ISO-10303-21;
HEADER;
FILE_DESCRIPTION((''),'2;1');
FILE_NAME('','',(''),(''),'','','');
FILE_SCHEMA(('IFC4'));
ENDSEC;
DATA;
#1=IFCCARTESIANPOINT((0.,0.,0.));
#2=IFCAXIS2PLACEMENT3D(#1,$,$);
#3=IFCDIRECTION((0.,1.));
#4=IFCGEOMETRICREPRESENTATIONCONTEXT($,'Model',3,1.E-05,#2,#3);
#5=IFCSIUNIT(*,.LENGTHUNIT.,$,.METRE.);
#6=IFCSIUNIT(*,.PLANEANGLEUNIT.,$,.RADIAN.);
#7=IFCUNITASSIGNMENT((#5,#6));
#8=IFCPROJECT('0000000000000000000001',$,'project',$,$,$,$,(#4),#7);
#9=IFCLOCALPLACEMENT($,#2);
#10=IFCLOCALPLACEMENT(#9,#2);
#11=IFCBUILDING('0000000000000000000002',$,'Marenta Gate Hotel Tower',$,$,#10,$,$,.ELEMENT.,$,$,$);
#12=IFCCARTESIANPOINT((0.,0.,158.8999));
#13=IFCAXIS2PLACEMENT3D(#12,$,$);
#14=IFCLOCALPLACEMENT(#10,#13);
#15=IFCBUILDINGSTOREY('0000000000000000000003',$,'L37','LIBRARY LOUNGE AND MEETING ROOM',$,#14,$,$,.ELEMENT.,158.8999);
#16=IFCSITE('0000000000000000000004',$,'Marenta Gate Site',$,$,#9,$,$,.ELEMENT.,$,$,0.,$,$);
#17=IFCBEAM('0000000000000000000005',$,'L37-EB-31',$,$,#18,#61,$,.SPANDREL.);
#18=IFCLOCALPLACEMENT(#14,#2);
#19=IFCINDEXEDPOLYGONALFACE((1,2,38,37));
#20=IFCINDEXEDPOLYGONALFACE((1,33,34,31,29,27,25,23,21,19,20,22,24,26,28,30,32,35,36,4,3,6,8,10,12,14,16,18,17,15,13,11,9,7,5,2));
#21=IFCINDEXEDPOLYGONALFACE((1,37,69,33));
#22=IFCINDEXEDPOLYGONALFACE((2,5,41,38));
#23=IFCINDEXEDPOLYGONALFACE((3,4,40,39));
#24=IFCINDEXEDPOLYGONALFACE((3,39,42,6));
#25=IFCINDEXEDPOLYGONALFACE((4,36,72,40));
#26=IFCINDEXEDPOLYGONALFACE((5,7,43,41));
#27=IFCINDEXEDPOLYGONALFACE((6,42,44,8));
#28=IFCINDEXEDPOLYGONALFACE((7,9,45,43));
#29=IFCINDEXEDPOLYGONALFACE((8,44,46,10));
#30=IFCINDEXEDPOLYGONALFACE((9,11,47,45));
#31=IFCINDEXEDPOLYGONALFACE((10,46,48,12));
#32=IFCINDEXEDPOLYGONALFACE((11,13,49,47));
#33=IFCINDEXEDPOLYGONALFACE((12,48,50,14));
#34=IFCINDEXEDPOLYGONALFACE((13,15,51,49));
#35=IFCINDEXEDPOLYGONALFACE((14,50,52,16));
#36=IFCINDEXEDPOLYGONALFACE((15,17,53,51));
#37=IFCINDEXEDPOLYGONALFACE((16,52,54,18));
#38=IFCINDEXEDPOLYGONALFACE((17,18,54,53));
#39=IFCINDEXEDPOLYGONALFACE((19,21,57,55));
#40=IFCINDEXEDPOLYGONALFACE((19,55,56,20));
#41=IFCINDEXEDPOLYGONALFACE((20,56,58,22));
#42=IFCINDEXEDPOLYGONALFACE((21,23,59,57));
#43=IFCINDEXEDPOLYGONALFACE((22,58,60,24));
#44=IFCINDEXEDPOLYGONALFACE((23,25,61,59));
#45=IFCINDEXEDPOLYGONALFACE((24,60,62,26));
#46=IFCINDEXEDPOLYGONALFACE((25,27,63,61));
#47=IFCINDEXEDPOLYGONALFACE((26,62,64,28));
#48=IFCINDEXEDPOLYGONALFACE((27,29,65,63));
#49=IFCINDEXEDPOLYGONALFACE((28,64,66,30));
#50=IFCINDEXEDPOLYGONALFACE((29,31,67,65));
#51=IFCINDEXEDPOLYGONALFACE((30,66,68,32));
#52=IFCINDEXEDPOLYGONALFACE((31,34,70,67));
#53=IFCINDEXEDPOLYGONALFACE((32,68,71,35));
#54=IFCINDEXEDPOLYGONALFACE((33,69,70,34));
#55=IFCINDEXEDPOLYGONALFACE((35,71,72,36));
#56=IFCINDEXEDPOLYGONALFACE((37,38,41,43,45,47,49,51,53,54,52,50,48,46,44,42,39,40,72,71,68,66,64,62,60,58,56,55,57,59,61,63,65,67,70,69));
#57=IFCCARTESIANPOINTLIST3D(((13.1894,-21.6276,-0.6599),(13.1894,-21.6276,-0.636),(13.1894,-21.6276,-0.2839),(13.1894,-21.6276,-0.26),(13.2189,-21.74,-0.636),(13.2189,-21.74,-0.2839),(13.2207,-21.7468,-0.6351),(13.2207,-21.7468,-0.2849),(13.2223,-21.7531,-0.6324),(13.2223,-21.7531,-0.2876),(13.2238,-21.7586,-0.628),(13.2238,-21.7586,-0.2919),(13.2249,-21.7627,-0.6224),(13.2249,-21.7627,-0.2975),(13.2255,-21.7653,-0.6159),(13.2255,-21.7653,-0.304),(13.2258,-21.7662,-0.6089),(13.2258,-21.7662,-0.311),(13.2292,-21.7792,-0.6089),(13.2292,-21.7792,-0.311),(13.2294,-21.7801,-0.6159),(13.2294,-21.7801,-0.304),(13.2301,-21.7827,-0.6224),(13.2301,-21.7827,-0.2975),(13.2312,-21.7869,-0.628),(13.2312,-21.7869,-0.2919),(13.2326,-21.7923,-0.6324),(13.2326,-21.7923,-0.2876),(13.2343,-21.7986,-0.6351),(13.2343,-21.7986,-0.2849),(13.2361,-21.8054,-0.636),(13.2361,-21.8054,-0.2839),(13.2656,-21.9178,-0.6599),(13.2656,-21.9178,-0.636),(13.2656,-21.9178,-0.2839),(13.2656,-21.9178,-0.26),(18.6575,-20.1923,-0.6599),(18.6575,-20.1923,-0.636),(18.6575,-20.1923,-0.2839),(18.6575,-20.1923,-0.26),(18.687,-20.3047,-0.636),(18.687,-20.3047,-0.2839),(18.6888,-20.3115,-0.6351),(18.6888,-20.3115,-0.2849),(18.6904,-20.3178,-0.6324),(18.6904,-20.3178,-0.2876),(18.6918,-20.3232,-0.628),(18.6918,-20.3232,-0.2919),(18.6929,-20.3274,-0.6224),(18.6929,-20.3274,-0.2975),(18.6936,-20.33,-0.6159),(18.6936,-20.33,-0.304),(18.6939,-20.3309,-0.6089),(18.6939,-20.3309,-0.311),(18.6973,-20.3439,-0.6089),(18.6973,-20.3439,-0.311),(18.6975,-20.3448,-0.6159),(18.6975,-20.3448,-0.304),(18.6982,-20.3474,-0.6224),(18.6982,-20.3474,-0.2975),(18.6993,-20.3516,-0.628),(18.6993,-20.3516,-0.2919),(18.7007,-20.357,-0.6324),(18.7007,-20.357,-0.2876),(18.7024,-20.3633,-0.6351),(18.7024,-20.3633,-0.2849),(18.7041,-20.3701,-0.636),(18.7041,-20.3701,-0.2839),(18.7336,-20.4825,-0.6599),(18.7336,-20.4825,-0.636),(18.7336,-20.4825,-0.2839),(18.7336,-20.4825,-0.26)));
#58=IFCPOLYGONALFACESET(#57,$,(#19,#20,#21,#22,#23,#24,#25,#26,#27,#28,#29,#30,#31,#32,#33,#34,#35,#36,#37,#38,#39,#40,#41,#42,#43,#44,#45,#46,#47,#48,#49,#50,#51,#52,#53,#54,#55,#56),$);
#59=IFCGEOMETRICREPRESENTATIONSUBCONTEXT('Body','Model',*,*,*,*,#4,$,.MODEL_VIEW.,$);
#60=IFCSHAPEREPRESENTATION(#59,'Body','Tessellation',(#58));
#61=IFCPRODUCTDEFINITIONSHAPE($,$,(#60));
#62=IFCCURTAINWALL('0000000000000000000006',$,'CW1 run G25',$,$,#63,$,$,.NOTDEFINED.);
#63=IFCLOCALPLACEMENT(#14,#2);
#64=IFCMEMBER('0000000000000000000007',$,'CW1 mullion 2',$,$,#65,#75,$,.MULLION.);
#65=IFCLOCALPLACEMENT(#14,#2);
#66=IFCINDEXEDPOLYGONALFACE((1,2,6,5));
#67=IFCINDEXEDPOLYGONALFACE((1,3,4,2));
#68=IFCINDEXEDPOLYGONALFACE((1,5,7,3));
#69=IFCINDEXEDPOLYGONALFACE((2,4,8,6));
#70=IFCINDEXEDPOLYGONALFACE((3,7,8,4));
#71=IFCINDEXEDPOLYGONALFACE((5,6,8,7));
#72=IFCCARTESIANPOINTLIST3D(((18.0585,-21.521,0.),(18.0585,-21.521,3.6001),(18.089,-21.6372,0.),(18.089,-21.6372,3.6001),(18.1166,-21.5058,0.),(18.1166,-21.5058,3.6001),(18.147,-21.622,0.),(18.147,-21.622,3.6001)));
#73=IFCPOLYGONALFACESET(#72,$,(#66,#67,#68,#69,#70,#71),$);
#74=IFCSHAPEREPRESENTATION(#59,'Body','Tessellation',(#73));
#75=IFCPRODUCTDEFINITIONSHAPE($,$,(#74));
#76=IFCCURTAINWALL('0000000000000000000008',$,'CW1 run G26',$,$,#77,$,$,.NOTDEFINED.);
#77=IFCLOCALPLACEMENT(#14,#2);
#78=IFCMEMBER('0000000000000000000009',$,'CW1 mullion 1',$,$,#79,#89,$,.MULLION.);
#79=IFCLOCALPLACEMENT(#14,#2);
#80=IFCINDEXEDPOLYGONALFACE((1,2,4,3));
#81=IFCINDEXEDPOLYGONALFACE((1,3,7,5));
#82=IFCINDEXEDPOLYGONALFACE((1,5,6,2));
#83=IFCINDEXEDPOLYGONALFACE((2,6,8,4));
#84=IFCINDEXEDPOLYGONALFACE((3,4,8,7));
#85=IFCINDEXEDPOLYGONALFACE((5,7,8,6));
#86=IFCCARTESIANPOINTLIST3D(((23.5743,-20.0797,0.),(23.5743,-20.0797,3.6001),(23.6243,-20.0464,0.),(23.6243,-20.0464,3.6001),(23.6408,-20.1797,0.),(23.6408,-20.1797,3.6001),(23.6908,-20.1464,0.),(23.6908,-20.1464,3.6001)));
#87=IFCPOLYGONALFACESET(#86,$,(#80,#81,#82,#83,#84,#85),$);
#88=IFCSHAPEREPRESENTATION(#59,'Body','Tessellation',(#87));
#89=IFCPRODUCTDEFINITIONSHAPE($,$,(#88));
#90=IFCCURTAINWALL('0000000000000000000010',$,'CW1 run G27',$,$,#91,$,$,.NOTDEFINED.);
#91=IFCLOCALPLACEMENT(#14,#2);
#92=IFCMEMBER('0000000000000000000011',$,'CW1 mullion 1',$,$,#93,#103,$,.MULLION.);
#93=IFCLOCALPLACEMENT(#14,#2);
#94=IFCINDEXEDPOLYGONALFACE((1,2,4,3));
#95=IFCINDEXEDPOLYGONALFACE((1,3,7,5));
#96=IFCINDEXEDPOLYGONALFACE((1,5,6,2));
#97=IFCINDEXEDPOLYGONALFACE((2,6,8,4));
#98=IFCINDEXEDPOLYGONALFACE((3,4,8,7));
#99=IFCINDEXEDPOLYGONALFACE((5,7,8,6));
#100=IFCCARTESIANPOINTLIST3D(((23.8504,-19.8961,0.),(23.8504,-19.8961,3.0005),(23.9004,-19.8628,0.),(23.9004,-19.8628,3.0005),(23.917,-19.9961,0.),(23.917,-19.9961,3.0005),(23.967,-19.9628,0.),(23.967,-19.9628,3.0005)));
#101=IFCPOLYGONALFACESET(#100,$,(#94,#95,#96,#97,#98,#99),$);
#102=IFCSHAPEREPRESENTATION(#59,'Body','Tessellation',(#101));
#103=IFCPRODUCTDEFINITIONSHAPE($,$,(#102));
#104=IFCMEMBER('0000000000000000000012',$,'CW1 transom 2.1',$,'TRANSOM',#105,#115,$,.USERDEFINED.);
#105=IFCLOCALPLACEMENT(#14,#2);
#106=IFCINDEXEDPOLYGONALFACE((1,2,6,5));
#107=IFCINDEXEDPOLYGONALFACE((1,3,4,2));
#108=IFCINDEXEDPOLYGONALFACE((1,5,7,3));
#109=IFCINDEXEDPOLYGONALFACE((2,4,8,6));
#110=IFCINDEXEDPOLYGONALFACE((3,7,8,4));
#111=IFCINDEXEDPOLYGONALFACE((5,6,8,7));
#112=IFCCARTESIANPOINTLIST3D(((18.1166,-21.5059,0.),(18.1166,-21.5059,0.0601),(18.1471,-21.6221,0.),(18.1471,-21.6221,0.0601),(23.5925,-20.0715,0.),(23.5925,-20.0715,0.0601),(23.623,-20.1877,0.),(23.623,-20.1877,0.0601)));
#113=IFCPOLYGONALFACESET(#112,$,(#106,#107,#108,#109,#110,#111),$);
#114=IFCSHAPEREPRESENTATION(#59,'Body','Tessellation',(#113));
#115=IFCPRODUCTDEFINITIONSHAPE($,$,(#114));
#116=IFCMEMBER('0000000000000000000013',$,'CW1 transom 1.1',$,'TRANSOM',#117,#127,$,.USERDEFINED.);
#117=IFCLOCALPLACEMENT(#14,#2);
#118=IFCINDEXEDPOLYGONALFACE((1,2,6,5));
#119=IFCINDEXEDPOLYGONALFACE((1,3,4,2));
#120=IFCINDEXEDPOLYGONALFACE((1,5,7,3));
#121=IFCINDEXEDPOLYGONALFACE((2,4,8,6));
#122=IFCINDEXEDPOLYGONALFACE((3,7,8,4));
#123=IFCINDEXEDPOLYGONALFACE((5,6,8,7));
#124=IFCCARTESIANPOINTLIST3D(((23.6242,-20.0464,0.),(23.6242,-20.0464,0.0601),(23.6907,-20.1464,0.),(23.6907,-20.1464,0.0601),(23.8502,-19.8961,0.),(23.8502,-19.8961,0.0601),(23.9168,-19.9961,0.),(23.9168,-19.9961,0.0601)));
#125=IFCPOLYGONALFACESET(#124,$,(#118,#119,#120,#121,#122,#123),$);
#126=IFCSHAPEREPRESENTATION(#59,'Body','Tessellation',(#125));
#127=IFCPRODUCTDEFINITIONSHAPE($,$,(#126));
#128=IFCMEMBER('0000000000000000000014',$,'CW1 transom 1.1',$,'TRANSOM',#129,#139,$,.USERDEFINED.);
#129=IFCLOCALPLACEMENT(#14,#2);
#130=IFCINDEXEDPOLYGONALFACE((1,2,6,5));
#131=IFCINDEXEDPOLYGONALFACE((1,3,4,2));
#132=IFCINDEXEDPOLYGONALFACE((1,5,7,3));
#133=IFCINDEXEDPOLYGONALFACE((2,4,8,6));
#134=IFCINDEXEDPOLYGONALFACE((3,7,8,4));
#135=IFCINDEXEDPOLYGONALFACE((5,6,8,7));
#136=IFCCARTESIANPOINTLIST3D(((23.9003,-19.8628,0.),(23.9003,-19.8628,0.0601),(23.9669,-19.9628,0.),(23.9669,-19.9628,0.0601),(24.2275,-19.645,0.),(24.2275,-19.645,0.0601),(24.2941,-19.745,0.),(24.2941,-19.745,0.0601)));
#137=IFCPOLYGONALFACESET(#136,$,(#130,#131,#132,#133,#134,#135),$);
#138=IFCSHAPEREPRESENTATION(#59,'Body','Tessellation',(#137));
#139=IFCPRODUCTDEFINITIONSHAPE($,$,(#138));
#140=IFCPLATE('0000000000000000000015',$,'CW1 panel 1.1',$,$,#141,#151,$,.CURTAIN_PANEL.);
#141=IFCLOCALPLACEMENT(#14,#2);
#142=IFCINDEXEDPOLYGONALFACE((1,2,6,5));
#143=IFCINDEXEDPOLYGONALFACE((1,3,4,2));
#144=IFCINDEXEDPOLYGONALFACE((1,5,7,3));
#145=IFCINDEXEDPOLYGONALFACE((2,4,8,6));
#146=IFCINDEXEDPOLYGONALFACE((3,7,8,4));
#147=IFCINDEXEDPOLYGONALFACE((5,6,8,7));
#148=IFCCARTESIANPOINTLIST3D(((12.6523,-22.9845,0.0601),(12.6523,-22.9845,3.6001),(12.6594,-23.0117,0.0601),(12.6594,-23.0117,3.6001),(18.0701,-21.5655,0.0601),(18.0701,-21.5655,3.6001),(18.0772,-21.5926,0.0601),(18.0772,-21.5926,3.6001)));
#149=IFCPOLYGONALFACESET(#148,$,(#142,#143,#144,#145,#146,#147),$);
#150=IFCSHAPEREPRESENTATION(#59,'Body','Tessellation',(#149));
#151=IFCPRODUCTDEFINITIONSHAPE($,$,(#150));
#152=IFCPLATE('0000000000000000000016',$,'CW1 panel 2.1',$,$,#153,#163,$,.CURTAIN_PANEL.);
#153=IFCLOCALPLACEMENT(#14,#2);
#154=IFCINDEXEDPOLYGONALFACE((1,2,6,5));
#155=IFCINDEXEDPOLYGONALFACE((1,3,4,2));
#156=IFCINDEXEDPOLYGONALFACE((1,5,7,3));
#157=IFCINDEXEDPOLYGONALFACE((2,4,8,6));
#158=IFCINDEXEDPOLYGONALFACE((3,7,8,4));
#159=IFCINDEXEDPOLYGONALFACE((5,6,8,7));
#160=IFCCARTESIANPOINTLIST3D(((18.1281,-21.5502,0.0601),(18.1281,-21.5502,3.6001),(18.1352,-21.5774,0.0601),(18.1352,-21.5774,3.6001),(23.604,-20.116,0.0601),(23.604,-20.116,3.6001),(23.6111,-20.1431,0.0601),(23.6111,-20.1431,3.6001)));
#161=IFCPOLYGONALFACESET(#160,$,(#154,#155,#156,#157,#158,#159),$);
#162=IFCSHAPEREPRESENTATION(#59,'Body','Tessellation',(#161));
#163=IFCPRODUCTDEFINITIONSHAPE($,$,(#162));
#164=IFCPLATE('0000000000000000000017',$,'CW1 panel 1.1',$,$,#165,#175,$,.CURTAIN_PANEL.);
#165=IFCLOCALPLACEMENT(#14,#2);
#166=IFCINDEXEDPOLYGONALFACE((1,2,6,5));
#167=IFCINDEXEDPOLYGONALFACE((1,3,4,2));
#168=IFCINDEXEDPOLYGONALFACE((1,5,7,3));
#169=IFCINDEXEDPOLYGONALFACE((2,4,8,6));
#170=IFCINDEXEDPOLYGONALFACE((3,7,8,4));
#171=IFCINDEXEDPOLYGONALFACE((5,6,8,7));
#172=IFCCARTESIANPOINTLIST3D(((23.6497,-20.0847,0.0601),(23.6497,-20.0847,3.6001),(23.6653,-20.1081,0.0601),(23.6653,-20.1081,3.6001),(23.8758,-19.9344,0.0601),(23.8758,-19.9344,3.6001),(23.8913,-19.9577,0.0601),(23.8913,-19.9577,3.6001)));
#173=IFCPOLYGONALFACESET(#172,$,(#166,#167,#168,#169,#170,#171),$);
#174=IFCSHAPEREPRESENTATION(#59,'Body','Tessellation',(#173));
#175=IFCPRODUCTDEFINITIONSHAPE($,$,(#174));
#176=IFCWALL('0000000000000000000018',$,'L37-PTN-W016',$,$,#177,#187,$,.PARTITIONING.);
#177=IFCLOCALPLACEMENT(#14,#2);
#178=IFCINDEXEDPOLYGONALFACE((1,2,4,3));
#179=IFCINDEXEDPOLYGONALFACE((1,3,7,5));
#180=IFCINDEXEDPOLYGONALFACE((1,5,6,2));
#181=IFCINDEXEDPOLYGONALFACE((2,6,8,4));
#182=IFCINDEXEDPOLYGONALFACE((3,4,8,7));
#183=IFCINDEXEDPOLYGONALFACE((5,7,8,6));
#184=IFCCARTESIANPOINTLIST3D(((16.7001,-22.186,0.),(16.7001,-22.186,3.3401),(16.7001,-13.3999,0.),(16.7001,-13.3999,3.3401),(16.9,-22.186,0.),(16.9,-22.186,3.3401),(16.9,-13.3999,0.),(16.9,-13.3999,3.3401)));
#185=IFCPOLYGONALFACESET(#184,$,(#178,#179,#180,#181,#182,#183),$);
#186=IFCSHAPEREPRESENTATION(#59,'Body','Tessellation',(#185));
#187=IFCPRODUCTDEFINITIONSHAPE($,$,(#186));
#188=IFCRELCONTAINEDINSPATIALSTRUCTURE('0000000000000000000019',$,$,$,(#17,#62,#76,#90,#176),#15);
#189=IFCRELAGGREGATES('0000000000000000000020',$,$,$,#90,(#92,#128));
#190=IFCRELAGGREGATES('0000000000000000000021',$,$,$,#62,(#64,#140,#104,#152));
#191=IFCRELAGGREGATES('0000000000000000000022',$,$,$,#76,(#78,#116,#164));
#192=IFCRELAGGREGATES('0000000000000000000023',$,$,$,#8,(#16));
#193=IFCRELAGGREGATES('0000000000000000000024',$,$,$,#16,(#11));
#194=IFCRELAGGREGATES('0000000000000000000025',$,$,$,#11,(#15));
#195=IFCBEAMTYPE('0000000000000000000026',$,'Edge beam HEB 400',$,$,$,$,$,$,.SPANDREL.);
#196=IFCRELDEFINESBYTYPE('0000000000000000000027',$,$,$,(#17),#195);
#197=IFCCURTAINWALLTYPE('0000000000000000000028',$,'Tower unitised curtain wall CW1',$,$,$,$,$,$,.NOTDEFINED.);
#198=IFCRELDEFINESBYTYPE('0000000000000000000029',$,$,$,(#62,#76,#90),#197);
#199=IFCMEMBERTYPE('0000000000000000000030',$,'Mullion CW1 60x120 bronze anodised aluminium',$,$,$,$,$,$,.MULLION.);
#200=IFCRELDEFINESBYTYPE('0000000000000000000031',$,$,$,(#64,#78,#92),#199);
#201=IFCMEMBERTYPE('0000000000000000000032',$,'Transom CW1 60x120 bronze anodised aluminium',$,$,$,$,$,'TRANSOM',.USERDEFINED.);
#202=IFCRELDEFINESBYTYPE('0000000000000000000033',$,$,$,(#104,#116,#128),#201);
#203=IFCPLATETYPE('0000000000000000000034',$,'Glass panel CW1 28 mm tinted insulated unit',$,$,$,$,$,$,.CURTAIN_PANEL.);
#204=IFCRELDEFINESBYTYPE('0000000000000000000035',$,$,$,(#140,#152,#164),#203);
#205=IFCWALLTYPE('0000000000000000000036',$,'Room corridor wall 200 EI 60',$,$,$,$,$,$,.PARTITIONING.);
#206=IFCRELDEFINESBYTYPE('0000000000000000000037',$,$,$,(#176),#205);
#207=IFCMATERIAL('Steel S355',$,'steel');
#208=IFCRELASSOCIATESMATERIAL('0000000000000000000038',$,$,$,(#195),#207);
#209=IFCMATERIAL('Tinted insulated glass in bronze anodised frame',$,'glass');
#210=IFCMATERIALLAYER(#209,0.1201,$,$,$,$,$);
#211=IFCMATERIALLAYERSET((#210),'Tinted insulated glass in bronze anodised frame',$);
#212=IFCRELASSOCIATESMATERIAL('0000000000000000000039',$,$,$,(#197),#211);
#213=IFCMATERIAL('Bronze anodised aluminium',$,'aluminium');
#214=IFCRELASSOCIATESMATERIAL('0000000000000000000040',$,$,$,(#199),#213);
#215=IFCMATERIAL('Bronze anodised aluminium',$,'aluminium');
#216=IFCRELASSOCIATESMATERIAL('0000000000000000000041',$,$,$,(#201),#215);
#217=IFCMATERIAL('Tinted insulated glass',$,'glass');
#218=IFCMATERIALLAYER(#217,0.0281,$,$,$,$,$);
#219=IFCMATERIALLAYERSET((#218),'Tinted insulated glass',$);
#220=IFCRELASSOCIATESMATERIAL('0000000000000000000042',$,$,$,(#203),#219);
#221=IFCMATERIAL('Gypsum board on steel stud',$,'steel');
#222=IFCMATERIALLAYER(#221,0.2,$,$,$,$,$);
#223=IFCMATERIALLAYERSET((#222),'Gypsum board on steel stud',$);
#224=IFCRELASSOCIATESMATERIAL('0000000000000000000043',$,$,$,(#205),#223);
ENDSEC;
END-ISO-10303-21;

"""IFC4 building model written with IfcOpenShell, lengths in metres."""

from ifc_helpers import new_model, si_unit, direction, frame, frame_2d, origin, origin_2d, place, context, subcontext, project, spatial, rectangle, i_section, extrude, material, layer, layer_set, material_profile, profile_set, type_object, element, aggregate, save


model = new_model("IFC4")

# Units and contexts
model_context = context("Model", 3, precision=1e-05, world=origin(), true_north=direction((0.0, 1.0)))
body_context = subcontext(model_context, "Body", "Model", "MODEL_VIEW")
ifc_project = project(units=[si_unit("LENGTHUNIT", "METRE"), si_unit("PLANEANGLEUNIT", "RADIAN")], contexts=[model_context])

# Site, building, storey
site_placement = place(None, origin())
site = spatial("IfcSite", under=ifc_project, at=site_placement, Name="Marenta Gate Site", CompositionType="ELEMENT", RefElevation=0.0)
building_placement = place(site_placement, origin())
building = spatial("IfcBuilding", under=site, at=building_placement, Name="Marenta Gate Hotel Tower", CompositionType="ELEMENT")
storey_placement = place(building_placement, frame((0.0, 0.0, 158.8999)))
storey = spatial("IfcBuildingStorey", under=building, at=storey_placement, Name="L37", Description="LIBRARY LOUNGE AND MEETING ROOM", CompositionType="ELEMENT", Elevation=158.8999)

# Beam
ifc_material_1 = material(Name="Steel S355", Category="steel")
ifc_material_profile_1 = material_profile(ifc_material_1, i_section(OverallWidth=0.3, OverallDepth=0.3999, WebThickness=0.0134, FlangeThickness=0.0239, FilletRadius=0.0271, at=origin_2d()), Name="HEB 400")
ifc_profile_set_1 = profile_set([ifc_material_profile_1], Name="Steel S355")
beam_type = type_object("IfcBeamType", Name="Edge beam HEB 400", PredefinedType="SPANDREL", material=ifc_profile_set_1)
beam_1_placement = place(storey_placement, frame((18.6956, -20.3374, -0.46), z_axis=(-0.967233, -0.25389, 0.0), x_axis=(0.25389, -0.967233, 0.0)))
element("IfcBeam", 1, at=beam_1_placement, inside=storey, type_object=beam_type, Name="L37-EB-31", PredefinedType="SPANDREL", context=body_context, shape_type="SweptSolid", body=[
    extrude(i_section(OverallWidth=0.3, OverallDepth=0.3999, WebThickness=0.0134, FlangeThickness=0.0239, FilletRadius=0.0271, at=origin_2d()), origin(), (0.0, 0.0, 1.0), 5.6533),
])

# Curtain walls, members
ifc_material_2 = material(Name="Tinted insulated glass in bronze anodised frame", Category="glass")
ifc_layer_1 = layer(ifc_material_2, 0.1201)
ifc_layer_set_1 = layer_set([ifc_layer_1], Name="Tinted insulated glass in bronze anodised frame")
curtain_wall_type = type_object("IfcCurtainWallType", Name="Tower unitised curtain wall CW1", PredefinedType="NOTDEFINED", material=ifc_layer_set_1)
curtain_wall_1_placement = place(storey_placement, origin())
curtain_wall_1 = element("IfcCurtainWall", 2, at=curtain_wall_1_placement, inside=storey, type_object=curtain_wall_type, Name="CW1 run G25", PredefinedType="NOTDEFINED")
ifc_material_3 = material(Name="Bronze anodised aluminium", Category="aluminium")
ifc_material_profile_2 = material_profile(ifc_material_3, rectangle(XDim=0.1201, YDim=0.0601, at=origin_2d()), Name="Mullion CW1 60x120 bronze anodised aluminium")
ifc_profile_set_2 = profile_set([ifc_material_profile_2], Name="Bronze anodised aluminium")
member_type_1 = type_object("IfcMemberType", Name="Mullion CW1 60x120 bronze anodised aluminium", PredefinedType="MULLION", material=ifc_profile_set_2)
member_1_placement = place(storey_placement, frame((18.1028, -21.5715, 0.0), z_axis=(0.0, 0.0, 1.0), x_axis=(-0.253374, 0.967368, 0.0)))
member_1 = element("IfcMember", 3, at=member_1_placement, type_object=member_type_1, Name="CW1 mullion 2", PredefinedType="MULLION", context=body_context, shape_type="SweptSolid", body=[
    extrude(rectangle(XDim=0.1201, YDim=0.0601, at=origin_2d()), origin(), (0.0, 0.0, 1.0), 3.6001),
])
curtain_wall_2_placement = place(storey_placement, origin())
curtain_wall_2 = element("IfcCurtainWall", 4, at=curtain_wall_2_placement, inside=storey, type_object=curtain_wall_type, Name="CW1 run G26", PredefinedType="NOTDEFINED")
member_2_placement = place(storey_placement, frame((23.6326, -20.113, 0.0), z_axis=(0.0, 0.0, 1.0), x_axis=(-0.553865, 0.832607, 0.0)))
member_2 = element("IfcMember", 5, at=member_2_placement, type_object=member_type_1, Name="CW1 mullion 1", PredefinedType="MULLION", context=body_context, shape_type="SweptSolid", body=[
    extrude(rectangle(XDim=0.1201, YDim=0.0601, at=origin_2d()), origin(), (0.0, 0.0, 1.0), 3.6001),
])
curtain_wall_3_placement = place(storey_placement, origin())
curtain_wall_3 = element("IfcCurtainWall", 6, at=curtain_wall_3_placement, inside=storey, type_object=curtain_wall_type, Name="CW1 run G27", PredefinedType="NOTDEFINED")
member_3_placement = place(storey_placement, frame((23.9087, -19.9294, 0.0), z_axis=(0.0, 0.0, 1.0), x_axis=(-0.554089, 0.832458, 0.0)))
member_3 = element("IfcMember", 7, at=member_3_placement, type_object=member_type_1, Name="CW1 mullion 1", PredefinedType="MULLION", context=body_context, shape_type="SweptSolid", body=[
    extrude(rectangle(XDim=0.1201, YDim=0.0601, at=origin_2d()), origin(), (0.0, 0.0, 1.0), 3.0005),
])

# Members
ifc_material_4 = material(Name="Bronze anodised aluminium", Category="aluminium")
ifc_material_profile_3 = material_profile(ifc_material_4, rectangle(XDim=0.1201, YDim=0.0601, at=origin_2d()), Name="Transom CW1 60x120 bronze anodised aluminium")
ifc_profile_set_3 = profile_set([ifc_material_profile_3], Name="Bronze anodised aluminium")
member_type_2 = type_object("IfcMemberType", Name="Transom CW1 60x120 bronze anodised aluminium", ElementType="TRANSOM", PredefinedType="USERDEFINED", material=ifc_profile_set_3)
member_4_placement = place(storey_placement, frame((18.1318, -21.564, 0.03), z_axis=(0.967364, 0.253389, 0.0), x_axis=(-0.253389, 0.967364, 0.0)))
member_4 = element("IfcMember", 8, at=member_4_placement, type_object=member_type_2, Name="CW1 transom 2.1", ObjectType="TRANSOM", PredefinedType="USERDEFINED", context=body_context, shape_type="SweptSolid", body=[
    extrude(rectangle(XDim=0.1201, YDim=0.0601, at=origin_2d()), origin(), (0.0, 0.0, 1.0), 5.6606),
])
member_5_placement = place(storey_placement, frame((23.6575, -20.0964, 0.03), z_axis=(0.832603, 0.55387, 0.0), x_axis=(-0.55387, 0.832603, 0.0)))
member_5 = element("IfcMember", 9, at=member_5_placement, type_object=member_type_2, Name="CW1 transom 1.1", ObjectType="TRANSOM", PredefinedType="USERDEFINED", context=body_context, shape_type="SweptSolid", body=[
    extrude(rectangle(XDim=0.1201, YDim=0.0601, at=origin_2d()), origin(), (0.0, 0.0, 1.0), 0.2715),
])
member_6_placement = place(storey_placement, frame((23.9336, -19.9128, 0.03), z_axis=(0.832432, 0.554127, 0.0), x_axis=(-0.554127, 0.832432, 0.0)))
member_6 = element("IfcMember", 10, at=member_6_placement, type_object=member_type_2, Name="CW1 transom 1.1", ObjectType="TRANSOM", PredefinedType="USERDEFINED", context=body_context, shape_type="SweptSolid", body=[
    extrude(rectangle(XDim=0.1201, YDim=0.0601, at=origin_2d()), origin(), (0.0, 0.0, 1.0), 0.3931),
])
aggregate(curtain_wall_3, [member_3, member_6])

# Plates
ifc_material_5 = material(Name="Tinted insulated glass", Category="glass")
ifc_layer_2 = layer(ifc_material_5, 0.0281)
ifc_layer_set_2 = layer_set([ifc_layer_2], Name="Tinted insulated glass")
plate_type = type_object("IfcPlateType", Name="Glass panel CW1 28 mm tinted insulated unit", PredefinedType="CURTAIN_PANEL", material=ifc_layer_set_2)
plate_1_placement = place(storey_placement, frame((15.3647, -22.2886, 0.0601), z_axis=(0.0, 0.0, 1.0), x_axis=(0.967368, 0.253374, 0.0)))
plate_1 = element("IfcPlate", 11, at=plate_1_placement, type_object=plate_type, Name="CW1 panel 1.1", PredefinedType="CURTAIN_PANEL", context=body_context, shape_type="SweptSolid", body=[
    extrude(rectangle(XDim=5.6006, YDim=0.0281, at=origin_2d()), origin(), (0.0, 0.0, 1.0), 3.54),
])
plate_2_placement = place(storey_placement, frame((20.8696, -20.8467, 0.0601), z_axis=(0.0, 0.0, 1.0), x_axis=(0.967368, 0.253374, 0.0)))
plate_2 = element("IfcPlate", 12, at=plate_2_placement, type_object=plate_type, Name="CW1 panel 2.1", PredefinedType="CURTAIN_PANEL", context=body_context, shape_type="SweptSolid", body=[
    extrude(rectangle(XDim=5.6606, YDim=0.0281, at=origin_2d()), origin(), (0.0, 0.0, 1.0), 3.54),
])
aggregate(curtain_wall_1, [member_1, plate_1, member_4, plate_2])
plate_3_placement = place(storey_placement, frame((23.7705, -20.0212, 0.0601), z_axis=(0.0, 0.0, 1.0), x_axis=(0.832607, 0.553865, 0.0)))
plate_3 = element("IfcPlate", 13, at=plate_3_placement, type_object=plate_type, Name="CW1 panel 1.1", PredefinedType="CURTAIN_PANEL", context=body_context, shape_type="SweptSolid", body=[
    extrude(rectangle(XDim=0.2715, YDim=0.0281, at=origin_2d()), origin(), (0.0, 0.0, 1.0), 3.54),
])
aggregate(curtain_wall_2, [member_2, member_5, plate_3])

# Shared definitions
ifc_material_6 = material(Name="Gypsum board on steel stud", Category="steel")
ifc_layer_3 = layer(ifc_material_6, 0.2)
ifc_layer_set_3 = layer_set([ifc_layer_3], Name="Gypsum board on steel stud")
wall_type_1 = type_object("IfcWallType", Name="Room corridor wall 200 EI 60", PredefinedType="PARTITIONING", material=ifc_layer_set_3)

# Wall
wall_1_placement = place(storey_placement, frame((16.8, -22.186, 0.0), z_axis=(0.0, 0.0, 1.0), x_axis=(0.0, 1.0, 0.0)))
element("IfcWall", 14, at=wall_1_placement, inside=storey, type_object=wall_type_1, Name="L37-PTN-W016", PredefinedType="PARTITIONING", context=body_context, shape_type="SweptSolid", body=[
    extrude(rectangle(XDim=8.7861, YDim=0.2, at=frame_2d((4.3931, 0.0))), origin(), (0.0, 0.0, 1.0), 3.3401),
])

save(model, "model.ifc")
